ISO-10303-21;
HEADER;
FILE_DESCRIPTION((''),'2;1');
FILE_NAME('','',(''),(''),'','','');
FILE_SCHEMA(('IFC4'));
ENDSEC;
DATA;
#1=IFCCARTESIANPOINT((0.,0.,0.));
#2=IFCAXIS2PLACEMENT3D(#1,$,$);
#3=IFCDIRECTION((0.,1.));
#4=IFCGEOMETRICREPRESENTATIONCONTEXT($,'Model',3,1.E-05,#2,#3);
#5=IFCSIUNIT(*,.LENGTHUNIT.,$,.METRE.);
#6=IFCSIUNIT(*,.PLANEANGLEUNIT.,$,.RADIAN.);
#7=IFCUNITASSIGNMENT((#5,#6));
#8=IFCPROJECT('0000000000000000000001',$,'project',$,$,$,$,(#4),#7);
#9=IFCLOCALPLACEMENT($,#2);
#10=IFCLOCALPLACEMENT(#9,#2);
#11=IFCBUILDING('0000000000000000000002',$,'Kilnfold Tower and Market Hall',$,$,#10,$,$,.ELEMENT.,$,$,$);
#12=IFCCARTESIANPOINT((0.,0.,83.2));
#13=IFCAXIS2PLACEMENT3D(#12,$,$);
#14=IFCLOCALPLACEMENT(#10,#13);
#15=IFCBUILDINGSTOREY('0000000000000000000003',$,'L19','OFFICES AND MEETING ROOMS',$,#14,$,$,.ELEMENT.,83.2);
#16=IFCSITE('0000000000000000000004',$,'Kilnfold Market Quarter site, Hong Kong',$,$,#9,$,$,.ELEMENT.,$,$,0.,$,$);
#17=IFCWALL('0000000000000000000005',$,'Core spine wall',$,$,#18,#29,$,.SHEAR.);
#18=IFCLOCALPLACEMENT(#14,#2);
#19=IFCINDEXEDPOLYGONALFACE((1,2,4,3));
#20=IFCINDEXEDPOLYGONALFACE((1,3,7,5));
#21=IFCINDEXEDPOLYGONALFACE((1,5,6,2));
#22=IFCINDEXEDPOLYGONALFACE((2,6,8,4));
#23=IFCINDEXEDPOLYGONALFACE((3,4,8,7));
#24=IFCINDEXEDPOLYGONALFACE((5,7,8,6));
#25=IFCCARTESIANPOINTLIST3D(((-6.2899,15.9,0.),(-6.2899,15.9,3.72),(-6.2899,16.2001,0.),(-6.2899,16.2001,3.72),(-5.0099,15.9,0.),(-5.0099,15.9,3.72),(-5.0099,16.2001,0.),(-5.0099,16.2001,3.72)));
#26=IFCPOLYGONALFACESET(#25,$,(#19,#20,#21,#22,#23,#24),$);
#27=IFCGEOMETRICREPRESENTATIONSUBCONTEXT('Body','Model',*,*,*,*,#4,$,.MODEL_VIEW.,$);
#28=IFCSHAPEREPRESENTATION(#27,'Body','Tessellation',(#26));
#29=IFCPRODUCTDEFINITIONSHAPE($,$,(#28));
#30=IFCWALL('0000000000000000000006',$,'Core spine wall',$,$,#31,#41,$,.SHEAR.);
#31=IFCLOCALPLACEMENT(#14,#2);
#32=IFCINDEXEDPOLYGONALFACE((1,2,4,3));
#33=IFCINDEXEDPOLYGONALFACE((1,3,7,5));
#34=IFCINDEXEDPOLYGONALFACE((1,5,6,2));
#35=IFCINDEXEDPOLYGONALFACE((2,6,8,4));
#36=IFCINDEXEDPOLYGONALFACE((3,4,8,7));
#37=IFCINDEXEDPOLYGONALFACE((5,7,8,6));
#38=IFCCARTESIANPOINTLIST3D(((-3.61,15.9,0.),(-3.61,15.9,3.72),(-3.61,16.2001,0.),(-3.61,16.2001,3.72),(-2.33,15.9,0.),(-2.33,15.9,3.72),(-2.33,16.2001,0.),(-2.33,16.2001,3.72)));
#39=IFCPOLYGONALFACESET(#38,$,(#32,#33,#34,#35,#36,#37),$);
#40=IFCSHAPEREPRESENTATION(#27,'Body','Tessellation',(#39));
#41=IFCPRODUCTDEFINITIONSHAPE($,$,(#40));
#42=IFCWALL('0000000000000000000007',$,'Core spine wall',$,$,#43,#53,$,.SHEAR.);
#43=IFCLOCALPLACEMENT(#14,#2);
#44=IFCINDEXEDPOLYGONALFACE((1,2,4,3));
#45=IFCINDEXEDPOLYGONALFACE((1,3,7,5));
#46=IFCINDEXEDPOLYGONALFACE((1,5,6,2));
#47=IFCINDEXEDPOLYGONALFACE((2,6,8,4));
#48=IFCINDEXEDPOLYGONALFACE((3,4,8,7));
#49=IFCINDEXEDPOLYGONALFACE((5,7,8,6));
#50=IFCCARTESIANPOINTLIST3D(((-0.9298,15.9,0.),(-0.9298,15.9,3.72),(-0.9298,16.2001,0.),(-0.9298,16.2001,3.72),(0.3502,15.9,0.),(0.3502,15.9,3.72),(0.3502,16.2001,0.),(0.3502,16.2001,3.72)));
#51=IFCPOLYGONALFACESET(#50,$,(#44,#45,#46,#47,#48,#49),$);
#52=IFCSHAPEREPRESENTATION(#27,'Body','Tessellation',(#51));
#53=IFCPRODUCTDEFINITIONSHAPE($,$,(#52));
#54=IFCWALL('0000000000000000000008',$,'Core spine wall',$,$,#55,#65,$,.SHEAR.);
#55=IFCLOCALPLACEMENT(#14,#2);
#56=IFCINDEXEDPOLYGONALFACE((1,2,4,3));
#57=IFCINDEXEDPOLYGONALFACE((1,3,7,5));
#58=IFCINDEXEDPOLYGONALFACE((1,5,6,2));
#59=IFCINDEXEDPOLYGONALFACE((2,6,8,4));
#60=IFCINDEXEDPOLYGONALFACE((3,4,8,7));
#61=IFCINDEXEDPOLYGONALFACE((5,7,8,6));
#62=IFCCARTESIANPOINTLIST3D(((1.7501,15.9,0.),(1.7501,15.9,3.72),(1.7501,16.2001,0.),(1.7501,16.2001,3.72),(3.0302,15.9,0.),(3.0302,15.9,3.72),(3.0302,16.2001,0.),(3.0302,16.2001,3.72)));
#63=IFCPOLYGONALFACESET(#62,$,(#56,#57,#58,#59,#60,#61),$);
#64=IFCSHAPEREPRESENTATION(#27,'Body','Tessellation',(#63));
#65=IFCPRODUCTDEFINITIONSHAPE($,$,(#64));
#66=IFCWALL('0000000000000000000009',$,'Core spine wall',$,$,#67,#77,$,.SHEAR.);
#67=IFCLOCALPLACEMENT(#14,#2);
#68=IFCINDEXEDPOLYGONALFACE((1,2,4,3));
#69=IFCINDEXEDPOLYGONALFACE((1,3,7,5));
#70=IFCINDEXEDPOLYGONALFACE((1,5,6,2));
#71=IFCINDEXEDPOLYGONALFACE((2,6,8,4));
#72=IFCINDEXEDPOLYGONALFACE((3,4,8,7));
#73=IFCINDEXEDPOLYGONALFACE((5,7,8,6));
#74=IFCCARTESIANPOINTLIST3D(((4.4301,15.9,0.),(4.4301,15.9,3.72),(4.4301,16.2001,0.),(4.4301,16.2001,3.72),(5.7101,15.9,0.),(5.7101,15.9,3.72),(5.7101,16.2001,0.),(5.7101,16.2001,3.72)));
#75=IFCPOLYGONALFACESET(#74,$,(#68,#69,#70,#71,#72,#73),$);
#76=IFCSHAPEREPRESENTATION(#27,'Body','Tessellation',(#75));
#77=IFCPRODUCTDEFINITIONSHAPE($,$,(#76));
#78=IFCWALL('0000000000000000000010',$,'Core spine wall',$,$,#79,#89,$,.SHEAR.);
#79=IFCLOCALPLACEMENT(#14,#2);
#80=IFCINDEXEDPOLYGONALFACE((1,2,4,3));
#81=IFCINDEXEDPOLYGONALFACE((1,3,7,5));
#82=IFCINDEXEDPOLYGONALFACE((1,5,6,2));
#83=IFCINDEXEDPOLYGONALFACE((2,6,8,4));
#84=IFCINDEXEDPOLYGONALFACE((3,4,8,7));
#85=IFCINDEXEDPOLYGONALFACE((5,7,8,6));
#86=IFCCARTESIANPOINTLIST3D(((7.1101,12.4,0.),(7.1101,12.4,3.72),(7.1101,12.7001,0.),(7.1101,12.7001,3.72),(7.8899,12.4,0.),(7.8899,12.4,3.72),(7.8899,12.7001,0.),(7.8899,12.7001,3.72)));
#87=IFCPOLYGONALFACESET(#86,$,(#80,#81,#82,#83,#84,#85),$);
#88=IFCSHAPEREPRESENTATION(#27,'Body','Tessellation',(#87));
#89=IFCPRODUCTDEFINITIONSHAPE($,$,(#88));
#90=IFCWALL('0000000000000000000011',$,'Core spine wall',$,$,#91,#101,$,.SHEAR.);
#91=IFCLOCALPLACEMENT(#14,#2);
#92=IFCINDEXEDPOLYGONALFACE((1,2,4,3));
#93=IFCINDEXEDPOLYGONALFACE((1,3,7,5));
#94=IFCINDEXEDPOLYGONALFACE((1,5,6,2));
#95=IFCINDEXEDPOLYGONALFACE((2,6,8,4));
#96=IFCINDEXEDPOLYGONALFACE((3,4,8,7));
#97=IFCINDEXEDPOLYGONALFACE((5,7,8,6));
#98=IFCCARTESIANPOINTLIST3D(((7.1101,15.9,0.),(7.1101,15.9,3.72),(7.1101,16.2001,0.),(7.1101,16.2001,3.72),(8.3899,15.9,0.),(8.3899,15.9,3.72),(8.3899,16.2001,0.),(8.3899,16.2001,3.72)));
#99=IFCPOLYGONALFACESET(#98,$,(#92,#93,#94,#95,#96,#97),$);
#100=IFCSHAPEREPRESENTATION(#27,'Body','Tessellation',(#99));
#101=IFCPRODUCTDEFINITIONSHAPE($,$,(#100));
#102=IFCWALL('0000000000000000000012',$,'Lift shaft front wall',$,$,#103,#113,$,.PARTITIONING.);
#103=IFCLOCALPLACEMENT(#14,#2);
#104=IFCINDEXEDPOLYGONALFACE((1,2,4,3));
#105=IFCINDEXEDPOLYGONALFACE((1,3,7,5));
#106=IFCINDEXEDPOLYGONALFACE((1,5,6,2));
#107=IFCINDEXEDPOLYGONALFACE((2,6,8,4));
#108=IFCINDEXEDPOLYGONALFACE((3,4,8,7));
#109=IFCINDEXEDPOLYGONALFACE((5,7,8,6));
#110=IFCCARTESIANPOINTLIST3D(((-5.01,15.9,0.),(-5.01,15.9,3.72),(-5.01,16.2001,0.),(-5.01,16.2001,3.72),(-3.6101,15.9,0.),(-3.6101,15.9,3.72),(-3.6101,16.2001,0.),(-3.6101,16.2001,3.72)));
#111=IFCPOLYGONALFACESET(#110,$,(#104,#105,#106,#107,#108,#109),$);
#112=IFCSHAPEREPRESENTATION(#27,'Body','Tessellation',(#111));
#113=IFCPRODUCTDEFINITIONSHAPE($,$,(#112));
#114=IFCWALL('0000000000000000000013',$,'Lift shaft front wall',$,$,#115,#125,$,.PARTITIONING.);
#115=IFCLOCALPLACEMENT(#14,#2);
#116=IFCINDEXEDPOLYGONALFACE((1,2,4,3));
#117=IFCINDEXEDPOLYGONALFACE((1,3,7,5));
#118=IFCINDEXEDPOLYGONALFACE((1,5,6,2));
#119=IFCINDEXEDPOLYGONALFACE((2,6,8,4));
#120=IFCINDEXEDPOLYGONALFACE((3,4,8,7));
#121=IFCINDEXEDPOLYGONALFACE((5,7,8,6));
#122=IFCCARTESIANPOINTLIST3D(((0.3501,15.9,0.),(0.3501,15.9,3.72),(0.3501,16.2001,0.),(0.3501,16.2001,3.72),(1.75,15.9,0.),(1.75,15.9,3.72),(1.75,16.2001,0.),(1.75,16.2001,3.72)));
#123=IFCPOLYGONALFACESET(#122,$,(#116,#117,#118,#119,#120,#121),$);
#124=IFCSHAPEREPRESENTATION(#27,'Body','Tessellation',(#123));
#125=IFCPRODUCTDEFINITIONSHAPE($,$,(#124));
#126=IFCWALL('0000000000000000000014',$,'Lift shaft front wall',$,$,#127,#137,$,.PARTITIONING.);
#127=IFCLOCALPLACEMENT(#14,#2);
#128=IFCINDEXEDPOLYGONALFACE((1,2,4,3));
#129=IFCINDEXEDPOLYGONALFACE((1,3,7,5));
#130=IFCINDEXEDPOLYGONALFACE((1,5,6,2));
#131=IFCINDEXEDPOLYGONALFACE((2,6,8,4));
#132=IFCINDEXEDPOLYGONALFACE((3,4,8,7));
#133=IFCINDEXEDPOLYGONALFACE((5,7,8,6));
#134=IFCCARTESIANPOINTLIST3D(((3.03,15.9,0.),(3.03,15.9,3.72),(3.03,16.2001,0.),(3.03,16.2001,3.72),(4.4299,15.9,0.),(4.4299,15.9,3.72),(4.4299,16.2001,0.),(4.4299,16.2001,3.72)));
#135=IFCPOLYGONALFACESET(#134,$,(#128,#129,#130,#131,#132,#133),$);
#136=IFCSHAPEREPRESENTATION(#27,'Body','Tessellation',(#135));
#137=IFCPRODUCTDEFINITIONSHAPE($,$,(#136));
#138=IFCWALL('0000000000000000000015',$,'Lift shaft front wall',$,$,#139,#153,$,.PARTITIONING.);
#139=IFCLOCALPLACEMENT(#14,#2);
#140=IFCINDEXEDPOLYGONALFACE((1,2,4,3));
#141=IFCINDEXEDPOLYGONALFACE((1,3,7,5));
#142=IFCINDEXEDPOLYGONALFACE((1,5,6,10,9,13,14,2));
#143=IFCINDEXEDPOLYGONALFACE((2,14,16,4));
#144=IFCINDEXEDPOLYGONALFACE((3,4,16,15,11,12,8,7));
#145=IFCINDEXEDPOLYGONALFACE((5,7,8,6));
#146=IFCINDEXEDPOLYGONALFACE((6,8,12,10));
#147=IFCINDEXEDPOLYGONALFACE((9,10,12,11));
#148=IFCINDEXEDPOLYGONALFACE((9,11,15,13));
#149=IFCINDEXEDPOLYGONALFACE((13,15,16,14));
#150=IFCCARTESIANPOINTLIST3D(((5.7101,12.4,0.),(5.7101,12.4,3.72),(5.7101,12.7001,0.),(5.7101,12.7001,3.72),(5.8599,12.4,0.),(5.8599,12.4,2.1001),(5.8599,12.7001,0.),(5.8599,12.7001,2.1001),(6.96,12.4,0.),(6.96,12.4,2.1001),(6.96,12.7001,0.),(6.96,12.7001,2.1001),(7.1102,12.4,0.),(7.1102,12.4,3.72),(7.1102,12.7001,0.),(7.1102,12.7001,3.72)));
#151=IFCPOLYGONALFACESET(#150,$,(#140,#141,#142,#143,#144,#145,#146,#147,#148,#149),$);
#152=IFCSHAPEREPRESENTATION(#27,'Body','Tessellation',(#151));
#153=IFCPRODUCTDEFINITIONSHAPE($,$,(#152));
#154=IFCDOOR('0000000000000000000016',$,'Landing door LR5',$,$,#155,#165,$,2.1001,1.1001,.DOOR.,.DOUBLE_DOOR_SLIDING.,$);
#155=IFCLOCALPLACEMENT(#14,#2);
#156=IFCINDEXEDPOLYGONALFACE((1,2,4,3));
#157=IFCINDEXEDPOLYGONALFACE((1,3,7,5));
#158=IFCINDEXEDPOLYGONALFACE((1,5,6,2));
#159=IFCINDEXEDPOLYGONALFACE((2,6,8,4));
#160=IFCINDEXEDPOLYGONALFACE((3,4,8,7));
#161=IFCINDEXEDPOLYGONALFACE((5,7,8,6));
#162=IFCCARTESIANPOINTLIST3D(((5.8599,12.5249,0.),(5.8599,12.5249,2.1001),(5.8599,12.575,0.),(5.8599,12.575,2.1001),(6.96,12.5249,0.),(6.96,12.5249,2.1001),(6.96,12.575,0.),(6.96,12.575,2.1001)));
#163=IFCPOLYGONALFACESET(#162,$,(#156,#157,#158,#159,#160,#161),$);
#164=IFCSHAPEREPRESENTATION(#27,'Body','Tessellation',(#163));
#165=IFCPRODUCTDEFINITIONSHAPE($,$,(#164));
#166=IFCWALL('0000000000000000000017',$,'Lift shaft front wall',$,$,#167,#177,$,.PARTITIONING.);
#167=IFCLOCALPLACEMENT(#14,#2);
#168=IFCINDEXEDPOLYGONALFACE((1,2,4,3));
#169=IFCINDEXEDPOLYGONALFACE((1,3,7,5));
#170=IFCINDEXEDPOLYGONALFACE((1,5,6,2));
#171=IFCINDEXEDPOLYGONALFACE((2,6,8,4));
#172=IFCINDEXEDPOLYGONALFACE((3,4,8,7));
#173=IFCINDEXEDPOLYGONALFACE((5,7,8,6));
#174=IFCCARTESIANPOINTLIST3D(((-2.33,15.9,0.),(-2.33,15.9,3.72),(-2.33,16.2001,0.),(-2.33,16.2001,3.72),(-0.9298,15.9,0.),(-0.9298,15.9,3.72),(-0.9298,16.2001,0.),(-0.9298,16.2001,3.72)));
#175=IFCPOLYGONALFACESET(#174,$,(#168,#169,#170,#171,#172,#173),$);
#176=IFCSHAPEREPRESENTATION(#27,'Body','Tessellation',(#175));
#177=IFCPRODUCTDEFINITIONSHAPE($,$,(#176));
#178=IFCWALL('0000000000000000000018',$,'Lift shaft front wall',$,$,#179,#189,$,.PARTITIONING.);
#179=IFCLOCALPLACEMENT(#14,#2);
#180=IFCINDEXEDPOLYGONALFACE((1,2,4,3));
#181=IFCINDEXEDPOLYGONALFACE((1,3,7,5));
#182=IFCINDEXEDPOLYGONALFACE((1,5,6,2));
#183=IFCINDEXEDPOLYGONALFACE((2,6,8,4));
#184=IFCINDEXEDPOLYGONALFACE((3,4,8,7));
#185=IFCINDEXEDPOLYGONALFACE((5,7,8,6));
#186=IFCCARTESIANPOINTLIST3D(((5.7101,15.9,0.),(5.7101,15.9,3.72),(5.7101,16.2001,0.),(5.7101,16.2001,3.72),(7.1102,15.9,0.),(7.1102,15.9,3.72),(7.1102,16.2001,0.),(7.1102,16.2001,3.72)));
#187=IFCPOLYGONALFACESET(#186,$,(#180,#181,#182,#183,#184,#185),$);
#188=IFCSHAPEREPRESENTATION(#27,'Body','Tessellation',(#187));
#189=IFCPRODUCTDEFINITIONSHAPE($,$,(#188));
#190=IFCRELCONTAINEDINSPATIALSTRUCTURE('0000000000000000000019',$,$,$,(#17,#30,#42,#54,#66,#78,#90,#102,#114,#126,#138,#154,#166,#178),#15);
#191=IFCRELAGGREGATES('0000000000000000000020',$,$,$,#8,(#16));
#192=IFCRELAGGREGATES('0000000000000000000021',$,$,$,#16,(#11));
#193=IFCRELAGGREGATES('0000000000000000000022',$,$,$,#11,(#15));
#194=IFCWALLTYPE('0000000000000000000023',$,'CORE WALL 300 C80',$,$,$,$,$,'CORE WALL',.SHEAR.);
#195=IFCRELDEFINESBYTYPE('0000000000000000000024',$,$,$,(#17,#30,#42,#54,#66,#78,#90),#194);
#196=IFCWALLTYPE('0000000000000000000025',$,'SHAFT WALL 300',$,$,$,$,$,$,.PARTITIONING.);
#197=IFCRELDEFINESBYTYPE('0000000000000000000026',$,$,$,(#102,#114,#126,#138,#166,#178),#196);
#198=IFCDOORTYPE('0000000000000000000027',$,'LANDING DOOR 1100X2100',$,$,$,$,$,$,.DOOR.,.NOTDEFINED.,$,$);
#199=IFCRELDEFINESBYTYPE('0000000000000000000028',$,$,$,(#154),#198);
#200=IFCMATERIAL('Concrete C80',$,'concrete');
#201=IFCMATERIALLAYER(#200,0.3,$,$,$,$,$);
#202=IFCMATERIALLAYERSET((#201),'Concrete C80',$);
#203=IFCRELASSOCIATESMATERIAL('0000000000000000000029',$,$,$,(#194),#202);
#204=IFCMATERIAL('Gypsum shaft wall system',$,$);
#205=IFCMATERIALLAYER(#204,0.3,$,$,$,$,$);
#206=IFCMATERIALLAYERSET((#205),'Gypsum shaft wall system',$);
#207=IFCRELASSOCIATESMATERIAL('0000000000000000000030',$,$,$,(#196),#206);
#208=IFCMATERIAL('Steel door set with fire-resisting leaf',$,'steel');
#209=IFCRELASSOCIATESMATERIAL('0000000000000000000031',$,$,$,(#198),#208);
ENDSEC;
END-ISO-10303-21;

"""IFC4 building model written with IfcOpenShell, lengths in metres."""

from ifc_helpers import new_model, si_unit, direction, frame, frame_2d, origin, place, context, subcontext, project, spatial, rectangle, extrude, source, transform, mapped, material, layer, layer_set, type_object, element, fill, save


model = new_model("IFC4")

# Units and contexts
model_context = context("Model", 3, precision=1e-05, world=origin(), true_north=direction((0.0, 1.0)))
body_context = subcontext(model_context, "Body", "Model", "MODEL_VIEW")
ifc_project = project(units=[si_unit("LENGTHUNIT", "METRE"), si_unit("PLANEANGLEUNIT", "RADIAN")], contexts=[model_context])

# Site, building, storey
site_placement = place(None, origin())
site = spatial("IfcSite", under=ifc_project, at=site_placement, Name="Kilnfold Market Quarter site, Hong Kong", CompositionType="ELEMENT", RefElevation=0.0)
building_placement = place(site_placement, origin())
building = spatial("IfcBuilding", under=site, at=building_placement, Name="Kilnfold Tower and Market Hall", CompositionType="ELEMENT")
storey_placement = place(building_placement, frame((0.0, 0.0, 83.2)))
storey = spatial("IfcBuildingStorey", under=building, at=storey_placement, Name="L19", Description="OFFICES AND MEETING ROOMS", CompositionType="ELEMENT", Elevation=83.2)

# Walls
ifc_material_1 = material(Name="Concrete C80", Category="concrete")
ifc_layer_1 = layer(ifc_material_1, 0.3)
ifc_layer_set_1 = layer_set([ifc_layer_1], Name="Concrete C80")
wall_type_1 = type_object("IfcWallType", Name="CORE WALL 300 C80", ElementType="CORE WALL", PredefinedType="SHEAR", material=ifc_layer_set_1)
shared_shape_1 = source(origin(), body_context, "Body", "SweptSolid", [
    extrude(rectangle(XDim=1.28, YDim=0.3, at=frame_2d((0.6401, 0.0))), origin(), (0.0, 0.0, 1.0), 3.72),
])
for number, where, z_axis, x_axis, name in (
    (1, (-6.29, 16.05, 0.0), (0.0, 0.0, 1.0), (1.0, 0.0, 0.0), "Core spine wall"),
    (2, (-3.6101, 16.05, 0.0), (0.0, 0.0, 1.0), (1.0, 0.0, 0.0), "Core spine wall"),
    (3, (-0.9299, 16.05, 0.0), (0.0, 0.0, 1.0), (1.0, 0.0, 0.0), "Core spine wall"),
    (4, (1.75, 16.05, 0.0), (0.0, 0.0, 1.0), (1.0, 0.0, 0.0), "Core spine wall"),
    (5, (4.4299, 16.05, 0.0), (0.0, 0.0, 1.0), (1.0, 0.0, 0.0), "Core spine wall"),
):
    element("IfcWall", number, at=place(storey_placement, frame(where, z_axis=z_axis, x_axis=x_axis)), inside=storey, type_object=wall_type_1, Name=name, PredefinedType="SHEAR", context=body_context, shape_type="MappedRepresentation", body=[
        mapped(shared_shape_1, transform((0.0, 0.0, 0.0))),
    ])
shared_shape_2 = source(origin(), body_context, "Body", "SweptSolid", [
    extrude(rectangle(XDim=0.7798, YDim=0.3, at=frame_2d((0.3899, 0.0))), origin(), (0.0, 0.0, 1.0), 3.72),
])
wall_1_placement = place(storey_placement, frame((7.1101, 12.55, 0.0), z_axis=(0.0, 0.0, 1.0), x_axis=(1.0, 0.0, 0.0)))
element("IfcWall", 6, at=wall_1_placement, inside=storey, type_object=wall_type_1, Name="Core spine wall", PredefinedType="SHEAR", context=body_context, shape_type="MappedRepresentation", body=[
    mapped(shared_shape_2, transform((0.0, 0.0, 0.0))),
])
shared_shape_3 = source(origin(), body_context, "Body", "SweptSolid", [
    extrude(rectangle(XDim=1.2798, YDim=0.3, at=frame_2d((0.6399, 0.0))), origin(), (0.0, 0.0, 1.0), 3.72),
])
wall_2_placement = place(storey_placement, frame((7.1101, 16.05, 0.0), z_axis=(0.0, 0.0, 1.0), x_axis=(1.0, 0.0, 0.0)))
element("IfcWall", 7, at=wall_2_placement, inside=storey, type_object=wall_type_1, Name="Core spine wall", PredefinedType="SHEAR", context=body_context, shape_type="MappedRepresentation", body=[
    mapped(shared_shape_3, transform((0.0, 0.0, 0.0))),
])
ifc_material_2 = material(Name="Gypsum shaft wall system")
ifc_layer_2 = layer(ifc_material_2, 0.3)
ifc_layer_set_2 = layer_set([ifc_layer_2], Name="Gypsum shaft wall system")
wall_type_2 = type_object("IfcWallType", Name="SHAFT WALL 300", PredefinedType="PARTITIONING", material=ifc_layer_set_2)
shared_shape_4 = source(origin(), body_context, "Body", "SweptSolid", [
    extrude(rectangle(XDim=1.3999, YDim=0.3, at=frame_2d((0.7, 0.0))), origin(), (0.0, 0.0, 1.0), 3.72),
])
for number, where, z_axis, x_axis, name in (
    (8, (-5.01, 16.05, 0.0), (0.0, 0.0, 1.0), (1.0, 0.0, 0.0), "Lift shaft front wall"),
    (9, (0.3501, 16.05, 0.0), (0.0, 0.0, 1.0), (1.0, 0.0, 0.0), "Lift shaft front wall"),
    (10, (3.03, 16.05, 0.0), (0.0, 0.0, 1.0), (1.0, 0.0, 0.0), "Lift shaft front wall"),
):
    element("IfcWall", number, at=place(storey_placement, frame(where, z_axis=z_axis, x_axis=x_axis)), inside=storey, type_object=wall_type_2, Name=name, PredefinedType="PARTITIONING", context=body_context, shape_type="MappedRepresentation", body=[
        mapped(shared_shape_4, transform((0.0, 0.0, 0.0))),
    ])

# Wall, opening, door
shared_shape_5 = source(origin(), body_context, "Body", "SweptSolid", [
    extrude(rectangle(XDim=1.4001, YDim=0.3, at=frame_2d((0.7002, 0.0))), origin(), (0.0, 0.0, 1.0), 3.72),
])
wall_3_placement = place(storey_placement, frame((5.71, 12.55, 0.0), z_axis=(0.0, 0.0, 1.0), x_axis=(1.0, 0.0, 0.0)))
wall_3 = element("IfcWall", 11, at=wall_3_placement, inside=storey, type_object=wall_type_2, Name="Lift shaft front wall", PredefinedType="PARTITIONING", context=body_context, shape_type="MappedRepresentation", body=[
    mapped(shared_shape_5, transform((0.0, 0.0, 0.0))),
])
opening_1_placement = place(wall_3_placement, frame((0.1499, 0.0, 0.0)))
opening_1 = element("IfcOpeningElement", 12, at=opening_1_placement, cuts=wall_3, PredefinedType="OPENING", context=body_context, shape_type="SweptSolid", body=[
    extrude(rectangle(XDim=1.1001, YDim=2.1001, at=frame_2d((0.55, 1.05))), frame((0.0, 0.1602, 0.0), z_axis=(0.0, -1.0, 0.0), x_axis=(1.0, 0.0, 0.0)), (0.0, 0.0, 1.0), 0.3201),
])
ifc_material_3 = material(Name="Steel door set with fire-resisting leaf", Category="steel")
door_type_1 = type_object("IfcDoorType", Name="LANDING DOOR 1100X2100", OperationType="NOTDEFINED", PredefinedType="DOOR", material=ifc_material_3)
door_1_placement = place(opening_1_placement, origin())
door_1 = element("IfcDoor", 13, at=door_1_placement, inside=storey, type_object=door_type_1, Name="Landing door LR5", OperationType="DOUBLE_DOOR_SLIDING", OverallHeight=2.1001, OverallWidth=1.1001, PredefinedType="DOOR", context=body_context, shape_type="SweptSolid", body=[
    extrude(rectangle(XDim=1.1001, YDim=2.1001, at=frame_2d((0.55, 1.05))), frame((0.0, 0.0249, 0.0), z_axis=(0.0, -1.0, 0.0), x_axis=(1.0, 0.0, 0.0)), (0.0, 0.0, 1.0), 0.05),
])
fill(opening_1, door_1)

# Walls
for number, where, z_axis, x_axis, name in (
    (14, (-2.3301, 16.05, 0.0), (0.0, 0.0, 1.0), (1.0, 0.0, 0.0), "Lift shaft front wall"),
    (15, (5.71, 16.05, 0.0), (0.0, 0.0, 1.0), (1.0, 0.0, 0.0), "Lift shaft front wall"),
):
    element("IfcWall", number, at=place(storey_placement, frame(where, z_axis=z_axis, x_axis=x_axis)), inside=storey, type_object=wall_type_2, Name=name, PredefinedType="PARTITIONING", context=body_context, shape_type="MappedRepresentation", body=[
        mapped(shared_shape_5, transform((0.0, 0.0, 0.0))),
    ])

save(model, "model.ifc")
